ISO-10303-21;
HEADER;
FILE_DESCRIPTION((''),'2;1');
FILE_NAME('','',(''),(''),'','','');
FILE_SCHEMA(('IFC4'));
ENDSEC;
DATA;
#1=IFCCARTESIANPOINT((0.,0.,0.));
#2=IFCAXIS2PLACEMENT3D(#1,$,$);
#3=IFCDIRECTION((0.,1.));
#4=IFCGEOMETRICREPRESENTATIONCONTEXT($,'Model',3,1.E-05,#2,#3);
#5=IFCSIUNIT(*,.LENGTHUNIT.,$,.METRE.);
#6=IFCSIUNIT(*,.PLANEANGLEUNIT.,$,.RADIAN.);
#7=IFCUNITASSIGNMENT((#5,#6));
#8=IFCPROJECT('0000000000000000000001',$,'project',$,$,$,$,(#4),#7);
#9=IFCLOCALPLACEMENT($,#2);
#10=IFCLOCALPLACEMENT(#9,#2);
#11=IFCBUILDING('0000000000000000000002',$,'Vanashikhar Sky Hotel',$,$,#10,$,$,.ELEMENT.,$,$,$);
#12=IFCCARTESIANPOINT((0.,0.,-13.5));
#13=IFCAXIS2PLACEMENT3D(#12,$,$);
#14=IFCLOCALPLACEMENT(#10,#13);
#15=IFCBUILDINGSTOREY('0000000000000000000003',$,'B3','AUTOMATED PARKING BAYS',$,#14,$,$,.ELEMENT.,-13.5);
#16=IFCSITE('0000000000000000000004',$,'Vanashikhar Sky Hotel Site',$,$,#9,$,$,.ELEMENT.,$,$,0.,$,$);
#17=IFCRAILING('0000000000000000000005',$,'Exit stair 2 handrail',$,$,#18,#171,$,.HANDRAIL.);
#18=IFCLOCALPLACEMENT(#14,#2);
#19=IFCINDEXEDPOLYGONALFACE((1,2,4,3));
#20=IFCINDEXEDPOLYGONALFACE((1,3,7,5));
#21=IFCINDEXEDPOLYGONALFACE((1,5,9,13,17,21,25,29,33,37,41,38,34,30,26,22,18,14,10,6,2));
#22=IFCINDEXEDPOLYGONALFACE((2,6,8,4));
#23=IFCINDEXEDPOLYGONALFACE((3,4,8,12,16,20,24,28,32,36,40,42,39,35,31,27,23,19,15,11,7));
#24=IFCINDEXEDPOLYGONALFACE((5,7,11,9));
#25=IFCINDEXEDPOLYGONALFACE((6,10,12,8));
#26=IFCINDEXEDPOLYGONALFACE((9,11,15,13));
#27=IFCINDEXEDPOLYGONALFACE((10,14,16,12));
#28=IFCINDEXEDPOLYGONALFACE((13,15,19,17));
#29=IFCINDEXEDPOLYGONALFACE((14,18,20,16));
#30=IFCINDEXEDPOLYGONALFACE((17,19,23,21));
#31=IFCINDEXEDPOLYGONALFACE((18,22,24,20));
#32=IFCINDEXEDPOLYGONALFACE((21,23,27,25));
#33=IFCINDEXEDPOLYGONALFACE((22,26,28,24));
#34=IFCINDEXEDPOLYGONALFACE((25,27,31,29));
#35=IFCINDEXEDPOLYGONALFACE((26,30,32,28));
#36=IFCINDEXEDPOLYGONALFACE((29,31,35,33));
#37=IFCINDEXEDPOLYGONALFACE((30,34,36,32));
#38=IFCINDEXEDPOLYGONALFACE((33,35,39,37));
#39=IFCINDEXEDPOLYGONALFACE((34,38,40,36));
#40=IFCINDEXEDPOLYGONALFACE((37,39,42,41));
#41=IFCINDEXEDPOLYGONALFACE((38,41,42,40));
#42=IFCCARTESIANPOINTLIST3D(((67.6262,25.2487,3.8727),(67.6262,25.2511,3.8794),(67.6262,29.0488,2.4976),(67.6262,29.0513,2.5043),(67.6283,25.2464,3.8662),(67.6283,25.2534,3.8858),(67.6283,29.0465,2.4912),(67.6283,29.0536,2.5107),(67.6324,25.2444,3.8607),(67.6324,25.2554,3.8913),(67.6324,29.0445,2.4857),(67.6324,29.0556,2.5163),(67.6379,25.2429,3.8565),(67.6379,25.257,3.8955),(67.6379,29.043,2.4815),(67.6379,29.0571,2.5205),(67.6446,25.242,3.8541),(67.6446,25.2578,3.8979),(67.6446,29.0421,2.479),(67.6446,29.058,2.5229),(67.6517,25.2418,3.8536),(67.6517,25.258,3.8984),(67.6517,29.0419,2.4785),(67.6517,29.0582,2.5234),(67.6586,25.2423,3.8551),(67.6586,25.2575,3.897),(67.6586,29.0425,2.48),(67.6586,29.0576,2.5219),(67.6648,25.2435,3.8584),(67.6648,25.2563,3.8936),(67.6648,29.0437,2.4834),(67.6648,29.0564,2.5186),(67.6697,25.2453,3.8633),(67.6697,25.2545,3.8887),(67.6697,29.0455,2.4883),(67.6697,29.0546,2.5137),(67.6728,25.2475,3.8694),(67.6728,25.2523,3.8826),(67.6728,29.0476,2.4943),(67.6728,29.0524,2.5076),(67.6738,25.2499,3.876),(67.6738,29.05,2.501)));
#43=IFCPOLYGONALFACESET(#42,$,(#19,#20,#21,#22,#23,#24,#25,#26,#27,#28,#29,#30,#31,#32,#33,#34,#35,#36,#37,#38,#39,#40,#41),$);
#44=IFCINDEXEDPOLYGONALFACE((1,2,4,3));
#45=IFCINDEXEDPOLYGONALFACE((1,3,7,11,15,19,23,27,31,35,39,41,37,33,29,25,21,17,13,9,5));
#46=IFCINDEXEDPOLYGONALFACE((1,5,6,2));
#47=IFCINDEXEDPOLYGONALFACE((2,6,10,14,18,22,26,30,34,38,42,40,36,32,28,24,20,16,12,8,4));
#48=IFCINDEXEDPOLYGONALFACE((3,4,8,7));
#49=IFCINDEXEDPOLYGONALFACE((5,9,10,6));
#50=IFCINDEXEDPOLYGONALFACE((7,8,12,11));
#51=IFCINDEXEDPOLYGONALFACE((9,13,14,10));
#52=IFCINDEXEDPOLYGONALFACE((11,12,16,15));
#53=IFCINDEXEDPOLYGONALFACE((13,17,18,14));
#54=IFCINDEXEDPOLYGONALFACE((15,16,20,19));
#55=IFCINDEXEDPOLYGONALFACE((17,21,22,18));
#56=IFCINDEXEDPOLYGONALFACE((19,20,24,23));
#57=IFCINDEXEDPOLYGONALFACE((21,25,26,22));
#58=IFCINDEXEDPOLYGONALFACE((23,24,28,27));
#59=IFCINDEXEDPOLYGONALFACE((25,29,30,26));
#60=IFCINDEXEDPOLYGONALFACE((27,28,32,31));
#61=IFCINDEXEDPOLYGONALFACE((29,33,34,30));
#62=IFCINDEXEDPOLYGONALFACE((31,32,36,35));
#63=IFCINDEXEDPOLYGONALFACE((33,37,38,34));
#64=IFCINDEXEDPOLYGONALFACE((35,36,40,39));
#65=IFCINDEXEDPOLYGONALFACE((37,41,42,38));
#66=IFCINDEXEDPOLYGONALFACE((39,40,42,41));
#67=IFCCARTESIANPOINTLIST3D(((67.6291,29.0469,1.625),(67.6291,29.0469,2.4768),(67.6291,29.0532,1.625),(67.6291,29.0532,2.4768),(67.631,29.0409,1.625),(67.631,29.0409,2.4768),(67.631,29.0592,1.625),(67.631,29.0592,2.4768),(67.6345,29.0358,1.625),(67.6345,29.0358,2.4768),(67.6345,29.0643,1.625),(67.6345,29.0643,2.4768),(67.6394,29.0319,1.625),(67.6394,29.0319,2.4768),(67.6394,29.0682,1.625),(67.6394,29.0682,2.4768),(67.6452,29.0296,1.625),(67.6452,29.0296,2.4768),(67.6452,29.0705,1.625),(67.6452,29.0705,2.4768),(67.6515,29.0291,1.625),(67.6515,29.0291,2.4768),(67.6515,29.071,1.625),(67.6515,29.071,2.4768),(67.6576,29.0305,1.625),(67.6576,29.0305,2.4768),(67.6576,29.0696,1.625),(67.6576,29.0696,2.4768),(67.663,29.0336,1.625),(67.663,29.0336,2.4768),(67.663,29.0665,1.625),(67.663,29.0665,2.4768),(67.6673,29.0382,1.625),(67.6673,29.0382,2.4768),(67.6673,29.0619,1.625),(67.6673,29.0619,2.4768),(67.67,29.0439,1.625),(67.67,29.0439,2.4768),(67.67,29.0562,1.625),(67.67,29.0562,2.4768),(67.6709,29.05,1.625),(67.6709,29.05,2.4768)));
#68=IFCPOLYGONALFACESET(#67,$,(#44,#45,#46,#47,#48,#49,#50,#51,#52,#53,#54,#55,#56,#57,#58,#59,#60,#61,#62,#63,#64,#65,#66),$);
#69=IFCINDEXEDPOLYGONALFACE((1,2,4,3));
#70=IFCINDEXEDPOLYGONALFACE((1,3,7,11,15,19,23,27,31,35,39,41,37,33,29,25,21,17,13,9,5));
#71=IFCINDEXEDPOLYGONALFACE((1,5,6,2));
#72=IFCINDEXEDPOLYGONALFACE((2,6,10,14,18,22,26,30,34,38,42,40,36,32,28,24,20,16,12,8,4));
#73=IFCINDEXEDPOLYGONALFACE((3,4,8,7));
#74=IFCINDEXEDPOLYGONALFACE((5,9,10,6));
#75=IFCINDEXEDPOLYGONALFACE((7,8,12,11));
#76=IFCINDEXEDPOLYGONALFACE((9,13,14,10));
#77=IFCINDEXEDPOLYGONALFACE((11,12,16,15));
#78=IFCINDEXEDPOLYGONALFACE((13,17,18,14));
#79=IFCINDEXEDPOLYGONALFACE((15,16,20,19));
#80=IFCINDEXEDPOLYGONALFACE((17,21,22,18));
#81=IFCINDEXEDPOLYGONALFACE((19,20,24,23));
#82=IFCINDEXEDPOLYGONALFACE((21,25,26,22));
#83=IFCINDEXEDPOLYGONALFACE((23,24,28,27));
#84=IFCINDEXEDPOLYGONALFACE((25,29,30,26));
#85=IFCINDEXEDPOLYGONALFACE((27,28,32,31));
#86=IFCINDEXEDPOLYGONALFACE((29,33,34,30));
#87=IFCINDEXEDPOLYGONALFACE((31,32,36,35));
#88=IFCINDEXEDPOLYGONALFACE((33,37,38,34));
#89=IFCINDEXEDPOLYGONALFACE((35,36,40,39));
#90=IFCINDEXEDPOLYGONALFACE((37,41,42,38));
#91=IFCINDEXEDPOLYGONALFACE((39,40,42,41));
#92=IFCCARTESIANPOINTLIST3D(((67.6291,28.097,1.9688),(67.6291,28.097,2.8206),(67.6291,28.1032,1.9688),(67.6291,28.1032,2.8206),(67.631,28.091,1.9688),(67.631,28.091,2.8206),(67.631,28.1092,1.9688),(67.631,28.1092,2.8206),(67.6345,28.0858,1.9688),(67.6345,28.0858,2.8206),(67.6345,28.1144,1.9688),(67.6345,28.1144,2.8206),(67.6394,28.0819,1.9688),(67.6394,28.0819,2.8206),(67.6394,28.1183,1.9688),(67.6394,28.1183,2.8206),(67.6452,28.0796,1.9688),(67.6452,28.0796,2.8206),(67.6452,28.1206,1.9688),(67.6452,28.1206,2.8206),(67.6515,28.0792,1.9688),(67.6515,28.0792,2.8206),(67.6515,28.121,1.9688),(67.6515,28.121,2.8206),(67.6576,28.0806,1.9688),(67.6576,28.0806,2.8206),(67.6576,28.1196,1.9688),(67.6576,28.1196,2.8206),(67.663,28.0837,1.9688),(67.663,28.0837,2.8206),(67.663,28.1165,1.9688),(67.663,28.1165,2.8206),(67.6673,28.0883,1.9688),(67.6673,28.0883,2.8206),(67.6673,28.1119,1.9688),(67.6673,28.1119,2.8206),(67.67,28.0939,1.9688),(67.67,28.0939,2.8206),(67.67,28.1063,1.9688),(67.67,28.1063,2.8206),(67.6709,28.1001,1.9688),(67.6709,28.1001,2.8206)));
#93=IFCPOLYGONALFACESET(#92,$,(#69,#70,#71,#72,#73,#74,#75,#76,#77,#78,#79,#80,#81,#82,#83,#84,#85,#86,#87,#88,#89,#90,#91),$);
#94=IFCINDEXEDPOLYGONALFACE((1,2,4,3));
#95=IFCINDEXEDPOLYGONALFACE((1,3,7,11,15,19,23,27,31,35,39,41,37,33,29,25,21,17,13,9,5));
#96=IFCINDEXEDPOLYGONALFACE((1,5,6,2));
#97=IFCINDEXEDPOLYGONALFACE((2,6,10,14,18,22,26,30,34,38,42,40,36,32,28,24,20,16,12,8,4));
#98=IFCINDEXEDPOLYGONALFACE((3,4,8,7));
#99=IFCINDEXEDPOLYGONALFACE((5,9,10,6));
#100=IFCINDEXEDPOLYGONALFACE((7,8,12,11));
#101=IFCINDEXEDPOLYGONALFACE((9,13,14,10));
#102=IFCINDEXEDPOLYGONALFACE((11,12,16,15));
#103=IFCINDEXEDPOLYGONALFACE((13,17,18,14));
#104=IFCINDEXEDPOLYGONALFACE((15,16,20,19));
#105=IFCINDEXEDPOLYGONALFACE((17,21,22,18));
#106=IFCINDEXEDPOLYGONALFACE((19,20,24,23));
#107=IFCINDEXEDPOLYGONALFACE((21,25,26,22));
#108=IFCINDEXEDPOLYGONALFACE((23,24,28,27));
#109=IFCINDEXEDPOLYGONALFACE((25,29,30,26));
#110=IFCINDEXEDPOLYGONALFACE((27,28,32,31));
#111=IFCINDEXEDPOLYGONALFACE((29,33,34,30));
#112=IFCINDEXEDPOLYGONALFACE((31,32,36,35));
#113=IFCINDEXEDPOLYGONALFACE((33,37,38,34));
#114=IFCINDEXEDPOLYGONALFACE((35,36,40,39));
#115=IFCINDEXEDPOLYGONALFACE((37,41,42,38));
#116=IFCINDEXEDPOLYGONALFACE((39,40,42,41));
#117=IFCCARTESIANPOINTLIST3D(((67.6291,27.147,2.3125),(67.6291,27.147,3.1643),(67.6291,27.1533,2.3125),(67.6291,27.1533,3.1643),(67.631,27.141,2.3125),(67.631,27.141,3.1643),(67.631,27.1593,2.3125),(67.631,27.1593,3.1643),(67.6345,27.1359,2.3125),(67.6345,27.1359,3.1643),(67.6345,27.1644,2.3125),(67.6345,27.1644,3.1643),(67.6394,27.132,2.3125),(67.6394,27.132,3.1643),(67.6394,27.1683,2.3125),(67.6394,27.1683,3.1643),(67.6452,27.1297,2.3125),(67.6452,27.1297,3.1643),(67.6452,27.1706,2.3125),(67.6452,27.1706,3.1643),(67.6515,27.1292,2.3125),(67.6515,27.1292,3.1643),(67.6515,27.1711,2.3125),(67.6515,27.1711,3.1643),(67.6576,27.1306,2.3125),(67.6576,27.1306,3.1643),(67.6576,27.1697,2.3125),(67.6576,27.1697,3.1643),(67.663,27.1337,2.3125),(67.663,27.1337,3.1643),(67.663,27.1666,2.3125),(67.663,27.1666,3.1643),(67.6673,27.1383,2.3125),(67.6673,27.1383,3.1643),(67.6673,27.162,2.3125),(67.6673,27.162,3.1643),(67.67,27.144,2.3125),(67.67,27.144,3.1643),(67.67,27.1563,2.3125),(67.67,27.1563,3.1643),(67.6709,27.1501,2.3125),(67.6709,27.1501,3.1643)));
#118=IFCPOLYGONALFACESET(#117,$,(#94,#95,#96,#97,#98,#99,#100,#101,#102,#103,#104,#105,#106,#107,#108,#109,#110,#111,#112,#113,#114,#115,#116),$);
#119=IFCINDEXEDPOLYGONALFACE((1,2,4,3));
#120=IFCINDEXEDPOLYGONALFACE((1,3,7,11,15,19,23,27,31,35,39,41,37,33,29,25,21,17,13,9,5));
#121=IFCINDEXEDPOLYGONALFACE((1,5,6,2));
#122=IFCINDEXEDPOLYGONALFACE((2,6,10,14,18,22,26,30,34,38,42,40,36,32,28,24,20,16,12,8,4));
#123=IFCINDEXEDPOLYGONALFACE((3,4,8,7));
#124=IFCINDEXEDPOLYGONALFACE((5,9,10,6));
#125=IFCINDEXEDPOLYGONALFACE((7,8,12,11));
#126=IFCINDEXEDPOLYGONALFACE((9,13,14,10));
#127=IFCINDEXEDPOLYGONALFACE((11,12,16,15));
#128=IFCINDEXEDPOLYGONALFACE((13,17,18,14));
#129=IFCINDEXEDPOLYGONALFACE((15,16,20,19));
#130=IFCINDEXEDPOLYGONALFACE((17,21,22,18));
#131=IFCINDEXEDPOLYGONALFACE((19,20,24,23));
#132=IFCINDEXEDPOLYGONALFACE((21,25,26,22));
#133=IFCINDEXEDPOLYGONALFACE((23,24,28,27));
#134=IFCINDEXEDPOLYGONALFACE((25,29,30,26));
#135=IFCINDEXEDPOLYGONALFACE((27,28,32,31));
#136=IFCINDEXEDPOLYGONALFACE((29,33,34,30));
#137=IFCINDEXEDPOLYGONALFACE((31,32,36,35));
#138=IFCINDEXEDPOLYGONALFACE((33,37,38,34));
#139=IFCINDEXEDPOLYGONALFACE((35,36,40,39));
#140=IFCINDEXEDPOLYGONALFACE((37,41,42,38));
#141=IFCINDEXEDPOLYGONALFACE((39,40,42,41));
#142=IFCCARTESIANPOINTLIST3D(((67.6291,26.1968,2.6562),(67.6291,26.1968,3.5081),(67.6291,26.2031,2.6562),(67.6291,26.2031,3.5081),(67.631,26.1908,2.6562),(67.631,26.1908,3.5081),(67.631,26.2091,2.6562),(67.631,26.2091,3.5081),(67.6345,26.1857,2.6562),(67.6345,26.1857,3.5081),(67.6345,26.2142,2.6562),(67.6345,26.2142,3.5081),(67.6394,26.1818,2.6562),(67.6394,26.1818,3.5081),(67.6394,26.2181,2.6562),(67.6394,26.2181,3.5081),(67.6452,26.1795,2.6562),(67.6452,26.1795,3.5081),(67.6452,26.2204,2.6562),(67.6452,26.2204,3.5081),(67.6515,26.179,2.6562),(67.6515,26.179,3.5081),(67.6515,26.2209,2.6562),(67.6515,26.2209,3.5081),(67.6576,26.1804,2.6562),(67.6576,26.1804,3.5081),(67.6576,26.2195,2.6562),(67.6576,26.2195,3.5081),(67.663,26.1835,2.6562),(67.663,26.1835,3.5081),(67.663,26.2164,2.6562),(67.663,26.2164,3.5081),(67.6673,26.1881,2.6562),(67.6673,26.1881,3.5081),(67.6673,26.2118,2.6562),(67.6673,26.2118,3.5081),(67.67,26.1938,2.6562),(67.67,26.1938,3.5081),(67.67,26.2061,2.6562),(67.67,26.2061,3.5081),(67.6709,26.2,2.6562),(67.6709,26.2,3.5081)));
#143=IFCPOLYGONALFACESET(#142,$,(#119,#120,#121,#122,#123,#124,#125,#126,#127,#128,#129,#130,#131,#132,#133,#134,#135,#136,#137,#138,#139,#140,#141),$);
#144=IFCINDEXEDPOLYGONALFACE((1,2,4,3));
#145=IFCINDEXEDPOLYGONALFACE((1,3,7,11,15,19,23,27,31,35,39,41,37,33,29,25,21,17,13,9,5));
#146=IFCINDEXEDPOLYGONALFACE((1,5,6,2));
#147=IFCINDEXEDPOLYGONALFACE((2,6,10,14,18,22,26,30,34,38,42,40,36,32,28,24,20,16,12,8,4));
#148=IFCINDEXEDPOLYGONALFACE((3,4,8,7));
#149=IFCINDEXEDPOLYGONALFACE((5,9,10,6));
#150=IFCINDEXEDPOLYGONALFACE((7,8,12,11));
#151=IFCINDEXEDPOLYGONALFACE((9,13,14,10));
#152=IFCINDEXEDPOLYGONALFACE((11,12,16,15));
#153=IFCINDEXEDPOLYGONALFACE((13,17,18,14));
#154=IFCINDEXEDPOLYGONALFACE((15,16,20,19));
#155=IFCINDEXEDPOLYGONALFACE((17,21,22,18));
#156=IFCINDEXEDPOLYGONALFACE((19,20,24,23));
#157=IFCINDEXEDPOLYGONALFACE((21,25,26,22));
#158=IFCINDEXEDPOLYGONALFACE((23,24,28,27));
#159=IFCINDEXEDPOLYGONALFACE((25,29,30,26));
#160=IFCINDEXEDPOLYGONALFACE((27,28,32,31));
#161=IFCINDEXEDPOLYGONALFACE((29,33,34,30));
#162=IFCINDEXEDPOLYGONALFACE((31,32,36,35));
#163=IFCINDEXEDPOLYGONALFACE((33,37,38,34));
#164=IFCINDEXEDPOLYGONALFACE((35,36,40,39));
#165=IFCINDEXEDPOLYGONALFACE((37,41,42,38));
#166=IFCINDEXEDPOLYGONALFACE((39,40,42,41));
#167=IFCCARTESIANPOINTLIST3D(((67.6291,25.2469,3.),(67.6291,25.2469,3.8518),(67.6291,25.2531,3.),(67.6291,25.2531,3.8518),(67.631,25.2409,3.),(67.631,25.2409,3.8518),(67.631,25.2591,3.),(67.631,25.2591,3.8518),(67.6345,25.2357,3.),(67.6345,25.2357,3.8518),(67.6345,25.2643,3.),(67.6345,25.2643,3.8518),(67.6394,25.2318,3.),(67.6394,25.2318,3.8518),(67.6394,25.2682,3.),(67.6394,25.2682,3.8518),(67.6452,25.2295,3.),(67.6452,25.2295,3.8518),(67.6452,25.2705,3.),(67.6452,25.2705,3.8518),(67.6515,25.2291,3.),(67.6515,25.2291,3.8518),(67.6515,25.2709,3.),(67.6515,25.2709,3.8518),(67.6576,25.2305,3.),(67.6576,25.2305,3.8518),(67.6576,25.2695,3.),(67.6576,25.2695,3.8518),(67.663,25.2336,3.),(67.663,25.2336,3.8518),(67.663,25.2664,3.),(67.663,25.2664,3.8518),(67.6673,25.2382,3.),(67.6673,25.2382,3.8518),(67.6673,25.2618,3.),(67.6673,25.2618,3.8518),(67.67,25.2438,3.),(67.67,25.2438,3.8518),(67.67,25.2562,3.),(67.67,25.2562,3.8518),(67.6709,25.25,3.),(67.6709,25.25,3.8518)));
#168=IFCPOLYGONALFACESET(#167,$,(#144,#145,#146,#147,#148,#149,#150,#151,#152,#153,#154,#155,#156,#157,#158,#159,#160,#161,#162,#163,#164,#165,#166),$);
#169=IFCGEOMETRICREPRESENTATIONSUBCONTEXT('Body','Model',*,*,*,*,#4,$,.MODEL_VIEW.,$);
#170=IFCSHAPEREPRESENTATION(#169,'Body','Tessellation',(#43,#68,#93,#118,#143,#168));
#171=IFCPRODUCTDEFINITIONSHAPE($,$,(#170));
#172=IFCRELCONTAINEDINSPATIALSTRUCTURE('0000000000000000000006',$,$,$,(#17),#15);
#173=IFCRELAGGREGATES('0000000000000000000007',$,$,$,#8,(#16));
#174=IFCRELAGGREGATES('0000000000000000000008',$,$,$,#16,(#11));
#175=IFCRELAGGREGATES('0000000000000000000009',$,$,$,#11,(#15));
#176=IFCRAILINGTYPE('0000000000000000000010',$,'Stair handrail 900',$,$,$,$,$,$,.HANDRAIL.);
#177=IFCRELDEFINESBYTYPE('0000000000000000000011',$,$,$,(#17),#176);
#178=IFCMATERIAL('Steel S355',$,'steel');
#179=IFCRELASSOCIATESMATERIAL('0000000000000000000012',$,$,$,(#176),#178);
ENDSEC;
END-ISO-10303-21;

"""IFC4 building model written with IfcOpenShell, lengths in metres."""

from ifc_helpers import new_model, si_unit, direction, frame, origin, origin_2d, place, context, subcontext, project, spatial, circle, extrude, source, transform, mapped, material, type_object, element, save


model = new_model("IFC4")

# Units and contexts
model_context = context("Model", 3, precision=1e-05, world=origin(), true_north=direction((0.0, 1.0)))
body_context = subcontext(model_context, "Body", "Model", "MODEL_VIEW")
ifc_project = project(units=[si_unit("LENGTHUNIT", "METRE"), si_unit("PLANEANGLEUNIT", "RADIAN")], contexts=[model_context])

# Site, building, storey
site_placement = place(None, origin())
site = spatial("IfcSite", under=ifc_project, at=site_placement, Name="Vanashikhar Sky Hotel Site", CompositionType="ELEMENT", RefElevation=0.0)
building_placement = place(site_placement, origin())
building = spatial("IfcBuilding", under=site, at=building_placement, Name="Vanashikhar Sky Hotel", CompositionType="ELEMENT")
storey_placement = place(building_placement, frame((0.0, 0.0, -13.5)))
storey = spatial("IfcBuildingStorey", under=building, at=storey_placement, Name="B3", Description="AUTOMATED PARKING BAYS", CompositionType="ELEMENT", Elevation=-13.5)

# Railing
ifc_material_1 = material(Name="Steel S355", Category="steel")
railing_type_1 = type_object("IfcRailingType", Name="Stair handrail 900", PredefinedType="HANDRAIL", material=ifc_material_1)
shared_shape_1 = source(origin(), body_context, "Body", "SweptSolid", [
    extrude(circle(Radius=0.0239, at=origin_2d()), frame((0.0, 0.0, 0.876), z_axis=(0.0, -0.940336, 0.340249), x_axis=(1.0, 0.0, 0.0)), (0.0, 0.0, 1.0), 4.0413),
    extrude(circle(Radius=0.021, at=origin_2d()), origin(), (0.0, 0.0, 1.0), 0.8518),
    extrude(circle(Radius=0.021, at=origin_2d()), frame((0.0, -0.95, 0.3438)), (0.0, 0.0, 1.0), 0.8518),
    extrude(circle(Radius=0.021, at=origin_2d()), frame((0.0, -1.8999, 0.6875)), (0.0, 0.0, 1.0), 0.8518),
    extrude(circle(Radius=0.021, at=origin_2d()), frame((0.0, -2.8501, 1.0312)), (0.0, 0.0, 1.0), 0.8518),
    extrude(circle(Radius=0.021, at=origin_2d()), frame((0.0, -3.8, 1.375)), (0.0, 0.0, 1.0), 0.8518),
])
railing_1_placement = place(storey_placement, frame((67.6499, 29.05, 1.625)))
element("IfcRailing", 1, at=railing_1_placement, inside=storey, type_object=railing_type_1, Name="Exit stair 2 handrail", PredefinedType="HANDRAIL", context=body_context, shape_type="MappedRepresentation", body=[
    mapped(shared_shape_1, transform((0.0, 0.0, 0.0), scale=1.0)),
])

save(model, "model.ifc")
